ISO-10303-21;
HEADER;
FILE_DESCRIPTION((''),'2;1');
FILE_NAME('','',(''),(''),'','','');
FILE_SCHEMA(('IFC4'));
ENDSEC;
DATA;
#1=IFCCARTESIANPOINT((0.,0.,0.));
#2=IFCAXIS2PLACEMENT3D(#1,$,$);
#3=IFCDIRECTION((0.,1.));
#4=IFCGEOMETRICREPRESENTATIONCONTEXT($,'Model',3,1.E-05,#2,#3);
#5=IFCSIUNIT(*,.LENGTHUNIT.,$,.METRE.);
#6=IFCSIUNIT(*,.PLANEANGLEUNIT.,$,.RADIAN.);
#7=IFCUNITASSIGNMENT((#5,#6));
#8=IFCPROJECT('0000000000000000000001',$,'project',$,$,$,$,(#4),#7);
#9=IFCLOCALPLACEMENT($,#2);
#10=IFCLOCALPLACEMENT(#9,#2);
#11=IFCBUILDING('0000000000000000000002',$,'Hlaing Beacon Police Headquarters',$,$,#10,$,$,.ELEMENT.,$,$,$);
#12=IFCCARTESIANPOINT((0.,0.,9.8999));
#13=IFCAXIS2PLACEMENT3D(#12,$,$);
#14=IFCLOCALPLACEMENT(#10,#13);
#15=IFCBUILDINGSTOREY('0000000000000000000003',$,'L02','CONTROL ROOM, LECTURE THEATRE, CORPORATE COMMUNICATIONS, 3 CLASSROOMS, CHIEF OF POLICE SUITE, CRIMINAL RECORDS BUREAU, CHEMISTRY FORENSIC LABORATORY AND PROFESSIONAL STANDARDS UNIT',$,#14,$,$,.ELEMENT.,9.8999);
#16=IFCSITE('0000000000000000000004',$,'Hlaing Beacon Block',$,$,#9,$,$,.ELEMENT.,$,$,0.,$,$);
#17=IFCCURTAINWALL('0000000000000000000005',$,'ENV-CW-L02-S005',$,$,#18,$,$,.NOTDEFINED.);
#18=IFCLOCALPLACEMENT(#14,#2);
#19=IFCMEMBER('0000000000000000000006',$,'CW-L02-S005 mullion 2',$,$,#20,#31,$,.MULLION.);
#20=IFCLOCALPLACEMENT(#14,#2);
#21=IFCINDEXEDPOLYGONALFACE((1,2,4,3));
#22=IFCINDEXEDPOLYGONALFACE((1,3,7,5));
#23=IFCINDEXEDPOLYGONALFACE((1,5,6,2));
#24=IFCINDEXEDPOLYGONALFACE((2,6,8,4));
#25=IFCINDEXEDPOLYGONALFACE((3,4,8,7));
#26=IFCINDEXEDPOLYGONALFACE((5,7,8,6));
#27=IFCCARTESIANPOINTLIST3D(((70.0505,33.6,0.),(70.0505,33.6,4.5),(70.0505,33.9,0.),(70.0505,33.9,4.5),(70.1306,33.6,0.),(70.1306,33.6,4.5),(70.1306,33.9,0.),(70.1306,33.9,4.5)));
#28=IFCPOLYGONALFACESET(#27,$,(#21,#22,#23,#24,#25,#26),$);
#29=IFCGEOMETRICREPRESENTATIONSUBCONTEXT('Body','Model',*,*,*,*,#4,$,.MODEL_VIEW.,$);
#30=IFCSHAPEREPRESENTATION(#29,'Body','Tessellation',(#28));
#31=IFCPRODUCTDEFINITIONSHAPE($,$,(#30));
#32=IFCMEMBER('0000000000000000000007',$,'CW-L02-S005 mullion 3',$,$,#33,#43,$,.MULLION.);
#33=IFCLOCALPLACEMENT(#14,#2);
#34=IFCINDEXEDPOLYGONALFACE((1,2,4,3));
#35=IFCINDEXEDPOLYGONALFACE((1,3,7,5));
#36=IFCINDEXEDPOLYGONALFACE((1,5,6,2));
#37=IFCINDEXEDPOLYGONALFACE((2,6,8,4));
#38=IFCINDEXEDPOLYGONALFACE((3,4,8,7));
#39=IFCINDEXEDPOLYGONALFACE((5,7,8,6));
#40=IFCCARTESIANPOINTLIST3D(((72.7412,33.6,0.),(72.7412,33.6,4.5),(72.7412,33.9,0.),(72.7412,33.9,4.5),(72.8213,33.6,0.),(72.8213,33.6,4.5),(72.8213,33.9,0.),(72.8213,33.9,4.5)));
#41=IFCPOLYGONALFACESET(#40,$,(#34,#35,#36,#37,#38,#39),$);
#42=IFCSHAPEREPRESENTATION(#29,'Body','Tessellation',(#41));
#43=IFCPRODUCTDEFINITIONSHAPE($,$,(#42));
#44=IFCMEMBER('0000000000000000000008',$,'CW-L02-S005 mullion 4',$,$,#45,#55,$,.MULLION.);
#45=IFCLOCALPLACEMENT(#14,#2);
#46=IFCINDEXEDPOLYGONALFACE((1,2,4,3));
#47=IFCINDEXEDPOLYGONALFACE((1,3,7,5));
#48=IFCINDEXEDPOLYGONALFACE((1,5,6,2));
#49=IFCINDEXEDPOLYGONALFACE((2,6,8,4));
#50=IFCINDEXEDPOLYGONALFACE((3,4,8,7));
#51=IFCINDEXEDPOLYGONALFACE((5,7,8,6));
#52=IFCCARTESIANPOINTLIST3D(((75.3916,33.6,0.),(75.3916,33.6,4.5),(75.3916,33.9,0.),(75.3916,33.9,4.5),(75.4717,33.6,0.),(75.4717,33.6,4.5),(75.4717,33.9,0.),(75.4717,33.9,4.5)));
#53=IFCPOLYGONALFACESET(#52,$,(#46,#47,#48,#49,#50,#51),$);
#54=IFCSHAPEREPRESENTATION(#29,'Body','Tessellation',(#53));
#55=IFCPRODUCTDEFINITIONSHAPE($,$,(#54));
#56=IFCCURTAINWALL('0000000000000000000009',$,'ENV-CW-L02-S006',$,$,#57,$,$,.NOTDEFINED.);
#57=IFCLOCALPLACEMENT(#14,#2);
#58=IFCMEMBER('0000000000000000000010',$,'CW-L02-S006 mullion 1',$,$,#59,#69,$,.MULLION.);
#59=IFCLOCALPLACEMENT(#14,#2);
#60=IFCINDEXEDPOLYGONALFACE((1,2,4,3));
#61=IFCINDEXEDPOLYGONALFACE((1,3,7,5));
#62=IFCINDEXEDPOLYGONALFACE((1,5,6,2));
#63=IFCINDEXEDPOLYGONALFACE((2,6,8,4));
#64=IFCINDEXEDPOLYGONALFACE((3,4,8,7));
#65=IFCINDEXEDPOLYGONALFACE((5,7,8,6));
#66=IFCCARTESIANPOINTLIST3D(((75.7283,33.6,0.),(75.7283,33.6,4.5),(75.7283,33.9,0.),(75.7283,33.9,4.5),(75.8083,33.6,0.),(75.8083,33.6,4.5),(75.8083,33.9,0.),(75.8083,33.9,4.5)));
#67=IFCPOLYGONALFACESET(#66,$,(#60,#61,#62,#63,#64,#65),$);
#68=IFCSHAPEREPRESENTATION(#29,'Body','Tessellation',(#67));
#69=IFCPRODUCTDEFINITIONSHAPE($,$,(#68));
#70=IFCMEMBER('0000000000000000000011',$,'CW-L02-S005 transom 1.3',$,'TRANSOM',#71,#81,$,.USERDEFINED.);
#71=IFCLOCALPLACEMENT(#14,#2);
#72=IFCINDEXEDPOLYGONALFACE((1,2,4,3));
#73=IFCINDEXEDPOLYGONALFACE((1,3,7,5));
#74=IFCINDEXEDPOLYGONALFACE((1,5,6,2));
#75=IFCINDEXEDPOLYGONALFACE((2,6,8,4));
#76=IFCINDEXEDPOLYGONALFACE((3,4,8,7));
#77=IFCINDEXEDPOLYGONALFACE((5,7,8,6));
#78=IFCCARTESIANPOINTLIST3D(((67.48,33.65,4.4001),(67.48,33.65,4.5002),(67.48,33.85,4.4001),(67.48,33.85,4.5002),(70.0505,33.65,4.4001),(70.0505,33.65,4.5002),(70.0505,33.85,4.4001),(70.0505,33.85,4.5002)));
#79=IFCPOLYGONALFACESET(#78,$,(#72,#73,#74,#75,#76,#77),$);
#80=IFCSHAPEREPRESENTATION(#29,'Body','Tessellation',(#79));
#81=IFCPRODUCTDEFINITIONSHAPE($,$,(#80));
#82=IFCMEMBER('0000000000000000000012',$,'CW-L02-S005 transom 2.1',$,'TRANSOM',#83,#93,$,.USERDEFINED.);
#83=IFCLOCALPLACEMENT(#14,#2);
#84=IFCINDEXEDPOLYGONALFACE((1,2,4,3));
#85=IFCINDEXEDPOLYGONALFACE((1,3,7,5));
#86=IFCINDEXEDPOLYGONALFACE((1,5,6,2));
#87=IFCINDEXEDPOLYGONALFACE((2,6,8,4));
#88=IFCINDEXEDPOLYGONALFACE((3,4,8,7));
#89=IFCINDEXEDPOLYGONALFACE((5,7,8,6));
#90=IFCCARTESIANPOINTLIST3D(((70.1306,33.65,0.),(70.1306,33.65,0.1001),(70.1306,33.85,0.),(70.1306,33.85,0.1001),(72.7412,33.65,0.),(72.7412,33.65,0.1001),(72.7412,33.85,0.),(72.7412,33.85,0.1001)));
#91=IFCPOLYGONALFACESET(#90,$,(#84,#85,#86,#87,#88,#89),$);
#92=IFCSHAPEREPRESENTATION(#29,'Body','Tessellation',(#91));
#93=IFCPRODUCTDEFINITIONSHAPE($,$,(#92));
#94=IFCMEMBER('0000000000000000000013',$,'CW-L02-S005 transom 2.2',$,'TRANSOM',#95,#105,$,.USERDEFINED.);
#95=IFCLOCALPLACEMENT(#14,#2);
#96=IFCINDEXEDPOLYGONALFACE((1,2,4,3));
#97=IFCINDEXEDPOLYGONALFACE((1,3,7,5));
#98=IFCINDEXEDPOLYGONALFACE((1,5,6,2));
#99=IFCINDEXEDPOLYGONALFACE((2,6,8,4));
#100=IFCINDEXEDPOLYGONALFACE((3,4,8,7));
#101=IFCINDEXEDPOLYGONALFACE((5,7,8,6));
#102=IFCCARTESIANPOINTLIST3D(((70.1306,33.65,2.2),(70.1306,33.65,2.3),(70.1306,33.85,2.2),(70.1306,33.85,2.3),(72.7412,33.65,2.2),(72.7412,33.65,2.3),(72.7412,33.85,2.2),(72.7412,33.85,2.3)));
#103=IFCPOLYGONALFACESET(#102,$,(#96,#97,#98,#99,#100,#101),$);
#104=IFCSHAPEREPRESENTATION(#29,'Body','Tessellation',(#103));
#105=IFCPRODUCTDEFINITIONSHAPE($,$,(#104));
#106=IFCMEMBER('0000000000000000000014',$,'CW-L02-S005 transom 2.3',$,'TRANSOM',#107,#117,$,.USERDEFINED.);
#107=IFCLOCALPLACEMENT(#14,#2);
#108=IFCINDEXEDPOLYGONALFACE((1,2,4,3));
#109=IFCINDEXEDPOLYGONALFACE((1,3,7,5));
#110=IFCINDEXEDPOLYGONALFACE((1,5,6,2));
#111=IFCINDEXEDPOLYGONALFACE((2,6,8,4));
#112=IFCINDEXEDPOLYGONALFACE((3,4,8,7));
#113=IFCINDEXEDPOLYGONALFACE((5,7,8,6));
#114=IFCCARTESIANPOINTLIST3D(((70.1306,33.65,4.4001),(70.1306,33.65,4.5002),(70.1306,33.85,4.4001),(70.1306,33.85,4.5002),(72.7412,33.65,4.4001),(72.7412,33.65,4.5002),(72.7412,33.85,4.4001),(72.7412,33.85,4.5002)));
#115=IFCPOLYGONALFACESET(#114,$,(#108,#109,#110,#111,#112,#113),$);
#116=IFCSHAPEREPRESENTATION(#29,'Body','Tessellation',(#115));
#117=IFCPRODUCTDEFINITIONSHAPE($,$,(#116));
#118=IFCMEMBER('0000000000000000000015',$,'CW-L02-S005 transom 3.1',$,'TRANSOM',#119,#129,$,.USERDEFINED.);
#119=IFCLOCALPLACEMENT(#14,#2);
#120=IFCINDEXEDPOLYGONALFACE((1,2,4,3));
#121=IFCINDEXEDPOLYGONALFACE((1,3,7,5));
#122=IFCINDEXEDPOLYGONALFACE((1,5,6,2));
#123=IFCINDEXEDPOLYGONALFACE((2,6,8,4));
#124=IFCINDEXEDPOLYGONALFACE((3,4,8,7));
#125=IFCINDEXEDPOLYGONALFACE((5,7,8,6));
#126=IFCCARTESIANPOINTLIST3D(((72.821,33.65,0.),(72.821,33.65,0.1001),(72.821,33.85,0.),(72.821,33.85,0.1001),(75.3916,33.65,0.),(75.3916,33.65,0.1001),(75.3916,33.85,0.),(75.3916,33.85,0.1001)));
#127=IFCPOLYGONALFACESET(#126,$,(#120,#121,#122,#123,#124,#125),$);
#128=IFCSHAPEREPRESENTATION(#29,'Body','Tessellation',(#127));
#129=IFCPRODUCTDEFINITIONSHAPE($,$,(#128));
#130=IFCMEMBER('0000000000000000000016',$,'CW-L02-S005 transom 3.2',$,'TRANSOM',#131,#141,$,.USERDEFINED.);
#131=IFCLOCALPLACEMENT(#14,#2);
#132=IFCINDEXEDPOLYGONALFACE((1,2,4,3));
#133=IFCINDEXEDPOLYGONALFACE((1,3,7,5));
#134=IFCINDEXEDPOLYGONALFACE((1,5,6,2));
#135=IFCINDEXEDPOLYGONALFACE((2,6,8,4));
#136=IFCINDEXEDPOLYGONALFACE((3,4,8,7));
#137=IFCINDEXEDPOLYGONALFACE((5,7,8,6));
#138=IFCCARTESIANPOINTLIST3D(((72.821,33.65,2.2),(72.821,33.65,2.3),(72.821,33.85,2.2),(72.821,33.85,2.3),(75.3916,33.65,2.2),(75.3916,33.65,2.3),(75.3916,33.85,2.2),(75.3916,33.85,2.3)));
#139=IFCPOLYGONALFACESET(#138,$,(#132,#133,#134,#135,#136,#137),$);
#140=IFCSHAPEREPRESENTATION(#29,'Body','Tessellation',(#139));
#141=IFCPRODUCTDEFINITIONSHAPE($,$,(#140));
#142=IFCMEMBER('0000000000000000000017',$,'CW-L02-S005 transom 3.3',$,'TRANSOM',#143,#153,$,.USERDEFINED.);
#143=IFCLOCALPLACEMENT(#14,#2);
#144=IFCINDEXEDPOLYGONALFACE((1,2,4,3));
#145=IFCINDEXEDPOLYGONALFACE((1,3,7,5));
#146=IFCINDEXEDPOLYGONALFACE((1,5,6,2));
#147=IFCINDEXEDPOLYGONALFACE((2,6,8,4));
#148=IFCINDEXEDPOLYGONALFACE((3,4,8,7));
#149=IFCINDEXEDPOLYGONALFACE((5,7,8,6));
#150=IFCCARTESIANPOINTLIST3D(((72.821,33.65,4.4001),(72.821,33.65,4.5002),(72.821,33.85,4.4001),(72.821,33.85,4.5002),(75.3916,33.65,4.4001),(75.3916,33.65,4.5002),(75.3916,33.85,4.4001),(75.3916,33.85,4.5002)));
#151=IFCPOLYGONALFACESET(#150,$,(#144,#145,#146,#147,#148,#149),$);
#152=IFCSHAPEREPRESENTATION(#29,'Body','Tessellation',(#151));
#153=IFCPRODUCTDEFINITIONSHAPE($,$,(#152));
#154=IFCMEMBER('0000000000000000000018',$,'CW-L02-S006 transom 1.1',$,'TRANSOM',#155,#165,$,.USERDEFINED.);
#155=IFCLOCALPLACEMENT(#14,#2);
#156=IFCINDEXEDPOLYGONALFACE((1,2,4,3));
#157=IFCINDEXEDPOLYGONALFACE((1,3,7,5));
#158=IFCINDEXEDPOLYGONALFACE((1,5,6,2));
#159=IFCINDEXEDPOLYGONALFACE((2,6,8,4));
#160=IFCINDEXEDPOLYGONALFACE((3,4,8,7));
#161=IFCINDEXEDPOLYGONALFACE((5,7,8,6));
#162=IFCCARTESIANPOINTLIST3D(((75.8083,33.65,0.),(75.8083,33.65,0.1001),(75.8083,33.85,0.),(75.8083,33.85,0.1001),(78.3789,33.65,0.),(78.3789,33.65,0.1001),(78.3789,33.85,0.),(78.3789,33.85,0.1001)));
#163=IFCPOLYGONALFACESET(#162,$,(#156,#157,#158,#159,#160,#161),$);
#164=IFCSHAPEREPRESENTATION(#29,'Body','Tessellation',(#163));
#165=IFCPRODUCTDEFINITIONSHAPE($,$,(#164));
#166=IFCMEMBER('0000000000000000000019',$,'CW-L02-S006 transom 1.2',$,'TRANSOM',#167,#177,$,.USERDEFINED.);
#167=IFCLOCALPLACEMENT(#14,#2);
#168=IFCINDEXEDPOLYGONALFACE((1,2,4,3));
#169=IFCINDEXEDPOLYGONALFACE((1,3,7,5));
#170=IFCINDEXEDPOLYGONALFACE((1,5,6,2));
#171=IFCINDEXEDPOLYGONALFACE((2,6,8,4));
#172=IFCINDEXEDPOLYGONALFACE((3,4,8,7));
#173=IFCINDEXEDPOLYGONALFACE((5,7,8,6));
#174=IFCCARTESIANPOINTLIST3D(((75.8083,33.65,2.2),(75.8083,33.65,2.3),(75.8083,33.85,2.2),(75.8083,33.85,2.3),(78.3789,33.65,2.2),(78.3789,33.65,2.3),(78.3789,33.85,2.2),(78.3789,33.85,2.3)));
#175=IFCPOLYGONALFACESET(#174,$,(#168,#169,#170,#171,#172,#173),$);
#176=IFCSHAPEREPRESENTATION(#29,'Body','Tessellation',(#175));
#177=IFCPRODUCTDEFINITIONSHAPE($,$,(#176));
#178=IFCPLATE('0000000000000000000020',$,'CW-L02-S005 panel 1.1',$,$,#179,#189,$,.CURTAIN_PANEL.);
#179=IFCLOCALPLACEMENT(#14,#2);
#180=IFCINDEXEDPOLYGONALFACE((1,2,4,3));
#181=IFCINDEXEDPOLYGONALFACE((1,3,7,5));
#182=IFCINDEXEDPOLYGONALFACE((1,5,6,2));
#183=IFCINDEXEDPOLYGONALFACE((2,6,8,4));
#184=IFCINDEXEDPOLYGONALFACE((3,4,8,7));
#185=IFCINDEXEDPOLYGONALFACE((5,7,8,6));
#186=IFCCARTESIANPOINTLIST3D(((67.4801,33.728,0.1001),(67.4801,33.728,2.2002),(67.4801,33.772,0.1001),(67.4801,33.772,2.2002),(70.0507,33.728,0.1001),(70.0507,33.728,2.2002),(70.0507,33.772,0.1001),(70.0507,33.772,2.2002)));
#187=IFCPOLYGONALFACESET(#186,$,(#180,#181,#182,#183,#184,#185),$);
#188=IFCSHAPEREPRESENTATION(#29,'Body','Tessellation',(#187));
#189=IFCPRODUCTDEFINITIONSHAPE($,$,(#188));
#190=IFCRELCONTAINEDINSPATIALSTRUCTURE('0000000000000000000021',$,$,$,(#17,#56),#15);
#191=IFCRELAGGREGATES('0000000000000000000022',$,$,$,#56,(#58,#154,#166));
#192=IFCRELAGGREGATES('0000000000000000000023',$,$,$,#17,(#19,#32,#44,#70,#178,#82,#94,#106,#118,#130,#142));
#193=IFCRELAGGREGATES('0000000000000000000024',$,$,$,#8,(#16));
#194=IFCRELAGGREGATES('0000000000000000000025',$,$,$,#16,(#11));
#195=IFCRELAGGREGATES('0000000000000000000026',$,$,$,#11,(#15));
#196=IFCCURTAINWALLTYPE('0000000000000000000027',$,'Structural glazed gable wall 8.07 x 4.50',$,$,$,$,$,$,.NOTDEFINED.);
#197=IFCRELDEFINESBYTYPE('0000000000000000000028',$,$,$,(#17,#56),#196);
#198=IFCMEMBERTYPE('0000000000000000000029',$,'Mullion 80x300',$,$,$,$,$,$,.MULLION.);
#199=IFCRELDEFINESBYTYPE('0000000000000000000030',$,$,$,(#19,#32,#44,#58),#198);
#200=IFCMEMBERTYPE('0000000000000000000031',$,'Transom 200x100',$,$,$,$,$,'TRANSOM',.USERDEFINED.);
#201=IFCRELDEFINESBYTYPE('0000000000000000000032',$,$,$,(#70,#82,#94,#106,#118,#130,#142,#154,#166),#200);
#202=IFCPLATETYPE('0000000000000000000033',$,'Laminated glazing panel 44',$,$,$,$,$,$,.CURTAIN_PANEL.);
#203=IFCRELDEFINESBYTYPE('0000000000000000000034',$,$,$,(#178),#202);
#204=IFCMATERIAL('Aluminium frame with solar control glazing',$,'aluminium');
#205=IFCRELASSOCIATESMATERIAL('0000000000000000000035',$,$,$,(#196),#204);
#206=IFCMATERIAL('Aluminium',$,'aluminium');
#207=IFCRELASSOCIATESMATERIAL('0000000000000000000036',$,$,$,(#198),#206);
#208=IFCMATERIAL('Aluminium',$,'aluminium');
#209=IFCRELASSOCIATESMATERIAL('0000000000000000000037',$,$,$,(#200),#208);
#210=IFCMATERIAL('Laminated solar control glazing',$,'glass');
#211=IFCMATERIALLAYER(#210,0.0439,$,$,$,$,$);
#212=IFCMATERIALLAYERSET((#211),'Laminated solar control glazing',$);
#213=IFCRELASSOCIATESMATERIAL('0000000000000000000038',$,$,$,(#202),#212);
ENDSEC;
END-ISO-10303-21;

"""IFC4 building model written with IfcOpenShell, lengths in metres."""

from ifc_helpers import new_model, si_unit, direction, frame, origin, origin_2d, place, context, subcontext, project, spatial, rectangle, extrude, material, layer, layer_set, material_profile, profile_set, type_object, element, aggregate, save


model = new_model("IFC4")

# Units and contexts
model_context = context("Model", 3, precision=1e-05, world=origin(), true_north=direction((0.0, 1.0)))
body_context = subcontext(model_context, "Body", "Model", "MODEL_VIEW")
ifc_project = project(units=[si_unit("LENGTHUNIT", "METRE"), si_unit("PLANEANGLEUNIT", "RADIAN")], contexts=[model_context])

# Site, building, storey
site_placement = place(None, origin())
site = spatial("IfcSite", under=ifc_project, at=site_placement, Name="Hlaing Beacon Block", CompositionType="ELEMENT", RefElevation=0.0)
building_placement = place(site_placement, origin())
building = spatial("IfcBuilding", under=site, at=building_placement, Name="Hlaing Beacon Police Headquarters", CompositionType="ELEMENT")
storey_placement = place(building_placement, frame((0.0, 0.0, 9.8999)))
storey = spatial("IfcBuildingStorey", under=building, at=storey_placement, Name="L02", Description="CONTROL ROOM, LECTURE THEATRE, CORPORATE COMMUNICATIONS, 3 CLASSROOMS, CHIEF OF POLICE SUITE, CRIMINAL RECORDS BUREAU, CHEMISTRY FORENSIC LABORATORY AND PROFESSIONAL STANDARDS UNIT", CompositionType="ELEMENT", Elevation=9.8999)

# Curtain wall, members
ifc_material_1 = material(Name="Aluminium frame with solar control glazing", Category="aluminium")
curtain_wall_type = type_object("IfcCurtainWallType", Name="Structural glazed gable wall 8.07 x 4.50", PredefinedType="NOTDEFINED", material=ifc_material_1)
curtain_wall_1_placement = place(storey_placement, origin())
curtain_wall_1 = element("IfcCurtainWall", 1, at=curtain_wall_1_placement, inside=storey, type_object=curtain_wall_type, Name="ENV-CW-L02-S005", PredefinedType="NOTDEFINED")
ifc_material_2 = material(Name="Aluminium", Category="aluminium")
ifc_material_profile_1 = material_profile(ifc_material_2, rectangle(XDim=0.3, YDim=0.0801, at=origin_2d()), Name="Mullion 80x300")
ifc_profile_set_1 = profile_set([ifc_material_profile_1], Name="Aluminium")
member_type_1 = type_object("IfcMemberType", Name="Mullion 80x300", PredefinedType="MULLION", material=ifc_profile_set_1)
member_1_placement = place(storey_placement, frame((70.0906, 33.75, 0.0), z_axis=(0.0, 0.0, 1.0), x_axis=(0.0, 1.0, 0.0)))
member_1 = element("IfcMember", 2, at=member_1_placement, type_object=member_type_1, Name="CW-L02-S005 mullion 2", PredefinedType="MULLION", context=body_context, shape_type="SweptSolid", body=[
    extrude(rectangle(XDim=0.3, YDim=0.0801, at=origin_2d()), origin(), (0.0, 0.0, 1.0), 4.5),
])
member_2_placement = place(storey_placement, frame((72.7812, 33.75, 0.0), z_axis=(0.0, 0.0, 1.0), x_axis=(0.0, 1.0, 0.0)))
member_2 = element("IfcMember", 3, at=member_2_placement, type_object=member_type_1, Name="CW-L02-S005 mullion 3", PredefinedType="MULLION", context=body_context, shape_type="SweptSolid", body=[
    extrude(rectangle(XDim=0.3, YDim=0.0801, at=origin_2d()), origin(), (0.0, 0.0, 1.0), 4.5),
])
member_3_placement = place(storey_placement, frame((75.4316, 33.75, 0.0), z_axis=(0.0, 0.0, 1.0), x_axis=(0.0, 1.0, 0.0)))
member_3 = element("IfcMember", 4, at=member_3_placement, type_object=member_type_1, Name="CW-L02-S005 mullion 4", PredefinedType="MULLION", context=body_context, shape_type="SweptSolid", body=[
    extrude(rectangle(XDim=0.3, YDim=0.0801, at=origin_2d()), origin(), (0.0, 0.0, 1.0), 4.5),
])

# Curtain wall, member
curtain_wall_2_placement = place(storey_placement, origin())
curtain_wall_2 = element("IfcCurtainWall", 5, at=curtain_wall_2_placement, inside=storey, type_object=curtain_wall_type, Name="ENV-CW-L02-S006", PredefinedType="NOTDEFINED")
member_4_placement = place(storey_placement, frame((75.7683, 33.75, 0.0), z_axis=(0.0, 0.0, 1.0), x_axis=(0.0, 1.0, 0.0)))
member_4 = element("IfcMember", 6, at=member_4_placement, type_object=member_type_1, Name="CW-L02-S006 mullion 1", PredefinedType="MULLION", context=body_context, shape_type="SweptSolid", body=[
    extrude(rectangle(XDim=0.3, YDim=0.0801, at=origin_2d()), origin(), (0.0, 0.0, 1.0), 4.5),
])

# Members
ifc_material_3 = material(Name="Aluminium", Category="aluminium")
ifc_material_profile_2 = material_profile(ifc_material_3, rectangle(XDim=0.2, YDim=0.1001, at=origin_2d()), Name="Transom 200x100")
ifc_profile_set_2 = profile_set([ifc_material_profile_2], Name="Aluminium")
member_type_2 = type_object("IfcMemberType", Name="Transom 200x100", ElementType="TRANSOM", PredefinedType="USERDEFINED", material=ifc_profile_set_2)
member_5_placement = place(storey_placement, frame((67.48, 33.75, 4.4502), z_axis=(1.0, 0.0, 0.0), x_axis=(0.0, 1.0, 0.0)))
member_5 = element("IfcMember", 7, at=member_5_placement, type_object=member_type_2, Name="CW-L02-S005 transom 1.3", ObjectType="TRANSOM", PredefinedType="USERDEFINED", context=body_context, shape_type="SweptSolid", body=[
    extrude(rectangle(XDim=0.2, YDim=0.1001, at=origin_2d()), origin(), (0.0, 0.0, 1.0), 2.5706),
])
member_6_placement = place(storey_placement, frame((70.1306, 33.75, 0.05), z_axis=(1.0, 0.0, 0.0), x_axis=(0.0, 1.0, 0.0)))
member_6 = element("IfcMember", 8, at=member_6_placement, type_object=member_type_2, Name="CW-L02-S005 transom 2.1", ObjectType="TRANSOM", PredefinedType="USERDEFINED", context=body_context, shape_type="SweptSolid", body=[
    extrude(rectangle(XDim=0.2, YDim=0.1001, at=origin_2d()), origin(), (0.0, 0.0, 1.0), 2.6106),
])
member_7_placement = place(storey_placement, frame((70.1306, 33.75, 2.25), z_axis=(1.0, 0.0, 0.0), x_axis=(0.0, 1.0, 0.0)))
member_7 = element("IfcMember", 9, at=member_7_placement, type_object=member_type_2, Name="CW-L02-S005 transom 2.2", ObjectType="TRANSOM", PredefinedType="USERDEFINED", context=body_context, shape_type="SweptSolid", body=[
    extrude(rectangle(XDim=0.2, YDim=0.1001, at=origin_2d()), origin(), (0.0, 0.0, 1.0), 2.6106),
])
member_8_placement = place(storey_placement, frame((70.1306, 33.75, 4.4502), z_axis=(1.0, 0.0, 0.0), x_axis=(0.0, 1.0, 0.0)))
member_8 = element("IfcMember", 10, at=member_8_placement, type_object=member_type_2, Name="CW-L02-S005 transom 2.3", ObjectType="TRANSOM", PredefinedType="USERDEFINED", context=body_context, shape_type="SweptSolid", body=[
    extrude(rectangle(XDim=0.2, YDim=0.1001, at=origin_2d()), origin(), (0.0, 0.0, 1.0), 2.6106),
])
member_9_placement = place(storey_placement, frame((72.821, 33.75, 0.05), z_axis=(1.0, 0.0, 0.0), x_axis=(0.0, 1.0, 0.0)))
member_9 = element("IfcMember", 11, at=member_9_placement, type_object=member_type_2, Name="CW-L02-S005 transom 3.1", ObjectType="TRANSOM", PredefinedType="USERDEFINED", context=body_context, shape_type="SweptSolid", body=[
    extrude(rectangle(XDim=0.2, YDim=0.1001, at=origin_2d()), origin(), (0.0, 0.0, 1.0), 2.5706),
])
member_10_placement = place(storey_placement, frame((72.821, 33.75, 2.25), z_axis=(1.0, 0.0, 0.0), x_axis=(0.0, 1.0, 0.0)))
member_10 = element("IfcMember", 12, at=member_10_placement, type_object=member_type_2, Name="CW-L02-S005 transom 3.2", ObjectType="TRANSOM", PredefinedType="USERDEFINED", context=body_context, shape_type="SweptSolid", body=[
    extrude(rectangle(XDim=0.2, YDim=0.1001, at=origin_2d()), origin(), (0.0, 0.0, 1.0), 2.5706),
])
member_11_placement = place(storey_placement, frame((72.821, 33.75, 4.4502), z_axis=(1.0, 0.0, 0.0), x_axis=(0.0, 1.0, 0.0)))
member_11 = element("IfcMember", 13, at=member_11_placement, type_object=member_type_2, Name="CW-L02-S005 transom 3.3", ObjectType="TRANSOM", PredefinedType="USERDEFINED", context=body_context, shape_type="SweptSolid", body=[
    extrude(rectangle(XDim=0.2, YDim=0.1001, at=origin_2d()), origin(), (0.0, 0.0, 1.0), 2.5706),
])
member_12_placement = place(storey_placement, frame((75.8083, 33.75, 0.05), z_axis=(1.0, 0.0, 0.0), x_axis=(0.0, 1.0, 0.0)))
member_12 = element("IfcMember", 14, at=member_12_placement, type_object=member_type_2, Name="CW-L02-S006 transom 1.1", ObjectType="TRANSOM", PredefinedType="USERDEFINED", context=body_context, shape_type="SweptSolid", body=[
    extrude(rectangle(XDim=0.2, YDim=0.1001, at=origin_2d()), origin(), (0.0, 0.0, 1.0), 2.5706),
])
member_13_placement = place(storey_placement, frame((75.8083, 33.75, 2.25), z_axis=(1.0, 0.0, 0.0), x_axis=(0.0, 1.0, 0.0)))
member_13 = element("IfcMember", 15, at=member_13_placement, type_object=member_type_2, Name="CW-L02-S006 transom 1.2", ObjectType="TRANSOM", PredefinedType="USERDEFINED", context=body_context, shape_type="SweptSolid", body=[
    extrude(rectangle(XDim=0.2, YDim=0.1001, at=origin_2d()), origin(), (0.0, 0.0, 1.0), 2.5706),
])
aggregate(curtain_wall_2, [member_4, member_12, member_13])

# Plate
ifc_material_4 = material(Name="Laminated solar control glazing", Category="glass")
ifc_layer_1 = layer(ifc_material_4, 0.0439)
ifc_layer_set_1 = layer_set([ifc_layer_1], Name="Laminated solar control glazing")
plate_type = type_object("IfcPlateType", Name="Laminated glazing panel 44", PredefinedType="CURTAIN_PANEL", material=ifc_layer_set_1)
plate_1_placement = place(storey_placement, frame((68.7654, 33.75, 0.1001), z_axis=(0.0, 0.0, 1.0), x_axis=(1.0, 0.0, 0.0)))
plate_1 = element("IfcPlate", 16, at=plate_1_placement, type_object=plate_type, Name="CW-L02-S005 panel 1.1", PredefinedType="CURTAIN_PANEL", context=body_context, shape_type="SweptSolid", body=[
    extrude(rectangle(XDim=2.5706, YDim=0.0439, at=origin_2d()), origin(), (0.0, 0.0, 1.0), 2.1001),
])
aggregate(curtain_wall_1, [member_1, member_2, member_3, member_5, plate_1, member_6, member_7, member_8, member_9, member_10, member_11])

save(model, "model.ifc")
